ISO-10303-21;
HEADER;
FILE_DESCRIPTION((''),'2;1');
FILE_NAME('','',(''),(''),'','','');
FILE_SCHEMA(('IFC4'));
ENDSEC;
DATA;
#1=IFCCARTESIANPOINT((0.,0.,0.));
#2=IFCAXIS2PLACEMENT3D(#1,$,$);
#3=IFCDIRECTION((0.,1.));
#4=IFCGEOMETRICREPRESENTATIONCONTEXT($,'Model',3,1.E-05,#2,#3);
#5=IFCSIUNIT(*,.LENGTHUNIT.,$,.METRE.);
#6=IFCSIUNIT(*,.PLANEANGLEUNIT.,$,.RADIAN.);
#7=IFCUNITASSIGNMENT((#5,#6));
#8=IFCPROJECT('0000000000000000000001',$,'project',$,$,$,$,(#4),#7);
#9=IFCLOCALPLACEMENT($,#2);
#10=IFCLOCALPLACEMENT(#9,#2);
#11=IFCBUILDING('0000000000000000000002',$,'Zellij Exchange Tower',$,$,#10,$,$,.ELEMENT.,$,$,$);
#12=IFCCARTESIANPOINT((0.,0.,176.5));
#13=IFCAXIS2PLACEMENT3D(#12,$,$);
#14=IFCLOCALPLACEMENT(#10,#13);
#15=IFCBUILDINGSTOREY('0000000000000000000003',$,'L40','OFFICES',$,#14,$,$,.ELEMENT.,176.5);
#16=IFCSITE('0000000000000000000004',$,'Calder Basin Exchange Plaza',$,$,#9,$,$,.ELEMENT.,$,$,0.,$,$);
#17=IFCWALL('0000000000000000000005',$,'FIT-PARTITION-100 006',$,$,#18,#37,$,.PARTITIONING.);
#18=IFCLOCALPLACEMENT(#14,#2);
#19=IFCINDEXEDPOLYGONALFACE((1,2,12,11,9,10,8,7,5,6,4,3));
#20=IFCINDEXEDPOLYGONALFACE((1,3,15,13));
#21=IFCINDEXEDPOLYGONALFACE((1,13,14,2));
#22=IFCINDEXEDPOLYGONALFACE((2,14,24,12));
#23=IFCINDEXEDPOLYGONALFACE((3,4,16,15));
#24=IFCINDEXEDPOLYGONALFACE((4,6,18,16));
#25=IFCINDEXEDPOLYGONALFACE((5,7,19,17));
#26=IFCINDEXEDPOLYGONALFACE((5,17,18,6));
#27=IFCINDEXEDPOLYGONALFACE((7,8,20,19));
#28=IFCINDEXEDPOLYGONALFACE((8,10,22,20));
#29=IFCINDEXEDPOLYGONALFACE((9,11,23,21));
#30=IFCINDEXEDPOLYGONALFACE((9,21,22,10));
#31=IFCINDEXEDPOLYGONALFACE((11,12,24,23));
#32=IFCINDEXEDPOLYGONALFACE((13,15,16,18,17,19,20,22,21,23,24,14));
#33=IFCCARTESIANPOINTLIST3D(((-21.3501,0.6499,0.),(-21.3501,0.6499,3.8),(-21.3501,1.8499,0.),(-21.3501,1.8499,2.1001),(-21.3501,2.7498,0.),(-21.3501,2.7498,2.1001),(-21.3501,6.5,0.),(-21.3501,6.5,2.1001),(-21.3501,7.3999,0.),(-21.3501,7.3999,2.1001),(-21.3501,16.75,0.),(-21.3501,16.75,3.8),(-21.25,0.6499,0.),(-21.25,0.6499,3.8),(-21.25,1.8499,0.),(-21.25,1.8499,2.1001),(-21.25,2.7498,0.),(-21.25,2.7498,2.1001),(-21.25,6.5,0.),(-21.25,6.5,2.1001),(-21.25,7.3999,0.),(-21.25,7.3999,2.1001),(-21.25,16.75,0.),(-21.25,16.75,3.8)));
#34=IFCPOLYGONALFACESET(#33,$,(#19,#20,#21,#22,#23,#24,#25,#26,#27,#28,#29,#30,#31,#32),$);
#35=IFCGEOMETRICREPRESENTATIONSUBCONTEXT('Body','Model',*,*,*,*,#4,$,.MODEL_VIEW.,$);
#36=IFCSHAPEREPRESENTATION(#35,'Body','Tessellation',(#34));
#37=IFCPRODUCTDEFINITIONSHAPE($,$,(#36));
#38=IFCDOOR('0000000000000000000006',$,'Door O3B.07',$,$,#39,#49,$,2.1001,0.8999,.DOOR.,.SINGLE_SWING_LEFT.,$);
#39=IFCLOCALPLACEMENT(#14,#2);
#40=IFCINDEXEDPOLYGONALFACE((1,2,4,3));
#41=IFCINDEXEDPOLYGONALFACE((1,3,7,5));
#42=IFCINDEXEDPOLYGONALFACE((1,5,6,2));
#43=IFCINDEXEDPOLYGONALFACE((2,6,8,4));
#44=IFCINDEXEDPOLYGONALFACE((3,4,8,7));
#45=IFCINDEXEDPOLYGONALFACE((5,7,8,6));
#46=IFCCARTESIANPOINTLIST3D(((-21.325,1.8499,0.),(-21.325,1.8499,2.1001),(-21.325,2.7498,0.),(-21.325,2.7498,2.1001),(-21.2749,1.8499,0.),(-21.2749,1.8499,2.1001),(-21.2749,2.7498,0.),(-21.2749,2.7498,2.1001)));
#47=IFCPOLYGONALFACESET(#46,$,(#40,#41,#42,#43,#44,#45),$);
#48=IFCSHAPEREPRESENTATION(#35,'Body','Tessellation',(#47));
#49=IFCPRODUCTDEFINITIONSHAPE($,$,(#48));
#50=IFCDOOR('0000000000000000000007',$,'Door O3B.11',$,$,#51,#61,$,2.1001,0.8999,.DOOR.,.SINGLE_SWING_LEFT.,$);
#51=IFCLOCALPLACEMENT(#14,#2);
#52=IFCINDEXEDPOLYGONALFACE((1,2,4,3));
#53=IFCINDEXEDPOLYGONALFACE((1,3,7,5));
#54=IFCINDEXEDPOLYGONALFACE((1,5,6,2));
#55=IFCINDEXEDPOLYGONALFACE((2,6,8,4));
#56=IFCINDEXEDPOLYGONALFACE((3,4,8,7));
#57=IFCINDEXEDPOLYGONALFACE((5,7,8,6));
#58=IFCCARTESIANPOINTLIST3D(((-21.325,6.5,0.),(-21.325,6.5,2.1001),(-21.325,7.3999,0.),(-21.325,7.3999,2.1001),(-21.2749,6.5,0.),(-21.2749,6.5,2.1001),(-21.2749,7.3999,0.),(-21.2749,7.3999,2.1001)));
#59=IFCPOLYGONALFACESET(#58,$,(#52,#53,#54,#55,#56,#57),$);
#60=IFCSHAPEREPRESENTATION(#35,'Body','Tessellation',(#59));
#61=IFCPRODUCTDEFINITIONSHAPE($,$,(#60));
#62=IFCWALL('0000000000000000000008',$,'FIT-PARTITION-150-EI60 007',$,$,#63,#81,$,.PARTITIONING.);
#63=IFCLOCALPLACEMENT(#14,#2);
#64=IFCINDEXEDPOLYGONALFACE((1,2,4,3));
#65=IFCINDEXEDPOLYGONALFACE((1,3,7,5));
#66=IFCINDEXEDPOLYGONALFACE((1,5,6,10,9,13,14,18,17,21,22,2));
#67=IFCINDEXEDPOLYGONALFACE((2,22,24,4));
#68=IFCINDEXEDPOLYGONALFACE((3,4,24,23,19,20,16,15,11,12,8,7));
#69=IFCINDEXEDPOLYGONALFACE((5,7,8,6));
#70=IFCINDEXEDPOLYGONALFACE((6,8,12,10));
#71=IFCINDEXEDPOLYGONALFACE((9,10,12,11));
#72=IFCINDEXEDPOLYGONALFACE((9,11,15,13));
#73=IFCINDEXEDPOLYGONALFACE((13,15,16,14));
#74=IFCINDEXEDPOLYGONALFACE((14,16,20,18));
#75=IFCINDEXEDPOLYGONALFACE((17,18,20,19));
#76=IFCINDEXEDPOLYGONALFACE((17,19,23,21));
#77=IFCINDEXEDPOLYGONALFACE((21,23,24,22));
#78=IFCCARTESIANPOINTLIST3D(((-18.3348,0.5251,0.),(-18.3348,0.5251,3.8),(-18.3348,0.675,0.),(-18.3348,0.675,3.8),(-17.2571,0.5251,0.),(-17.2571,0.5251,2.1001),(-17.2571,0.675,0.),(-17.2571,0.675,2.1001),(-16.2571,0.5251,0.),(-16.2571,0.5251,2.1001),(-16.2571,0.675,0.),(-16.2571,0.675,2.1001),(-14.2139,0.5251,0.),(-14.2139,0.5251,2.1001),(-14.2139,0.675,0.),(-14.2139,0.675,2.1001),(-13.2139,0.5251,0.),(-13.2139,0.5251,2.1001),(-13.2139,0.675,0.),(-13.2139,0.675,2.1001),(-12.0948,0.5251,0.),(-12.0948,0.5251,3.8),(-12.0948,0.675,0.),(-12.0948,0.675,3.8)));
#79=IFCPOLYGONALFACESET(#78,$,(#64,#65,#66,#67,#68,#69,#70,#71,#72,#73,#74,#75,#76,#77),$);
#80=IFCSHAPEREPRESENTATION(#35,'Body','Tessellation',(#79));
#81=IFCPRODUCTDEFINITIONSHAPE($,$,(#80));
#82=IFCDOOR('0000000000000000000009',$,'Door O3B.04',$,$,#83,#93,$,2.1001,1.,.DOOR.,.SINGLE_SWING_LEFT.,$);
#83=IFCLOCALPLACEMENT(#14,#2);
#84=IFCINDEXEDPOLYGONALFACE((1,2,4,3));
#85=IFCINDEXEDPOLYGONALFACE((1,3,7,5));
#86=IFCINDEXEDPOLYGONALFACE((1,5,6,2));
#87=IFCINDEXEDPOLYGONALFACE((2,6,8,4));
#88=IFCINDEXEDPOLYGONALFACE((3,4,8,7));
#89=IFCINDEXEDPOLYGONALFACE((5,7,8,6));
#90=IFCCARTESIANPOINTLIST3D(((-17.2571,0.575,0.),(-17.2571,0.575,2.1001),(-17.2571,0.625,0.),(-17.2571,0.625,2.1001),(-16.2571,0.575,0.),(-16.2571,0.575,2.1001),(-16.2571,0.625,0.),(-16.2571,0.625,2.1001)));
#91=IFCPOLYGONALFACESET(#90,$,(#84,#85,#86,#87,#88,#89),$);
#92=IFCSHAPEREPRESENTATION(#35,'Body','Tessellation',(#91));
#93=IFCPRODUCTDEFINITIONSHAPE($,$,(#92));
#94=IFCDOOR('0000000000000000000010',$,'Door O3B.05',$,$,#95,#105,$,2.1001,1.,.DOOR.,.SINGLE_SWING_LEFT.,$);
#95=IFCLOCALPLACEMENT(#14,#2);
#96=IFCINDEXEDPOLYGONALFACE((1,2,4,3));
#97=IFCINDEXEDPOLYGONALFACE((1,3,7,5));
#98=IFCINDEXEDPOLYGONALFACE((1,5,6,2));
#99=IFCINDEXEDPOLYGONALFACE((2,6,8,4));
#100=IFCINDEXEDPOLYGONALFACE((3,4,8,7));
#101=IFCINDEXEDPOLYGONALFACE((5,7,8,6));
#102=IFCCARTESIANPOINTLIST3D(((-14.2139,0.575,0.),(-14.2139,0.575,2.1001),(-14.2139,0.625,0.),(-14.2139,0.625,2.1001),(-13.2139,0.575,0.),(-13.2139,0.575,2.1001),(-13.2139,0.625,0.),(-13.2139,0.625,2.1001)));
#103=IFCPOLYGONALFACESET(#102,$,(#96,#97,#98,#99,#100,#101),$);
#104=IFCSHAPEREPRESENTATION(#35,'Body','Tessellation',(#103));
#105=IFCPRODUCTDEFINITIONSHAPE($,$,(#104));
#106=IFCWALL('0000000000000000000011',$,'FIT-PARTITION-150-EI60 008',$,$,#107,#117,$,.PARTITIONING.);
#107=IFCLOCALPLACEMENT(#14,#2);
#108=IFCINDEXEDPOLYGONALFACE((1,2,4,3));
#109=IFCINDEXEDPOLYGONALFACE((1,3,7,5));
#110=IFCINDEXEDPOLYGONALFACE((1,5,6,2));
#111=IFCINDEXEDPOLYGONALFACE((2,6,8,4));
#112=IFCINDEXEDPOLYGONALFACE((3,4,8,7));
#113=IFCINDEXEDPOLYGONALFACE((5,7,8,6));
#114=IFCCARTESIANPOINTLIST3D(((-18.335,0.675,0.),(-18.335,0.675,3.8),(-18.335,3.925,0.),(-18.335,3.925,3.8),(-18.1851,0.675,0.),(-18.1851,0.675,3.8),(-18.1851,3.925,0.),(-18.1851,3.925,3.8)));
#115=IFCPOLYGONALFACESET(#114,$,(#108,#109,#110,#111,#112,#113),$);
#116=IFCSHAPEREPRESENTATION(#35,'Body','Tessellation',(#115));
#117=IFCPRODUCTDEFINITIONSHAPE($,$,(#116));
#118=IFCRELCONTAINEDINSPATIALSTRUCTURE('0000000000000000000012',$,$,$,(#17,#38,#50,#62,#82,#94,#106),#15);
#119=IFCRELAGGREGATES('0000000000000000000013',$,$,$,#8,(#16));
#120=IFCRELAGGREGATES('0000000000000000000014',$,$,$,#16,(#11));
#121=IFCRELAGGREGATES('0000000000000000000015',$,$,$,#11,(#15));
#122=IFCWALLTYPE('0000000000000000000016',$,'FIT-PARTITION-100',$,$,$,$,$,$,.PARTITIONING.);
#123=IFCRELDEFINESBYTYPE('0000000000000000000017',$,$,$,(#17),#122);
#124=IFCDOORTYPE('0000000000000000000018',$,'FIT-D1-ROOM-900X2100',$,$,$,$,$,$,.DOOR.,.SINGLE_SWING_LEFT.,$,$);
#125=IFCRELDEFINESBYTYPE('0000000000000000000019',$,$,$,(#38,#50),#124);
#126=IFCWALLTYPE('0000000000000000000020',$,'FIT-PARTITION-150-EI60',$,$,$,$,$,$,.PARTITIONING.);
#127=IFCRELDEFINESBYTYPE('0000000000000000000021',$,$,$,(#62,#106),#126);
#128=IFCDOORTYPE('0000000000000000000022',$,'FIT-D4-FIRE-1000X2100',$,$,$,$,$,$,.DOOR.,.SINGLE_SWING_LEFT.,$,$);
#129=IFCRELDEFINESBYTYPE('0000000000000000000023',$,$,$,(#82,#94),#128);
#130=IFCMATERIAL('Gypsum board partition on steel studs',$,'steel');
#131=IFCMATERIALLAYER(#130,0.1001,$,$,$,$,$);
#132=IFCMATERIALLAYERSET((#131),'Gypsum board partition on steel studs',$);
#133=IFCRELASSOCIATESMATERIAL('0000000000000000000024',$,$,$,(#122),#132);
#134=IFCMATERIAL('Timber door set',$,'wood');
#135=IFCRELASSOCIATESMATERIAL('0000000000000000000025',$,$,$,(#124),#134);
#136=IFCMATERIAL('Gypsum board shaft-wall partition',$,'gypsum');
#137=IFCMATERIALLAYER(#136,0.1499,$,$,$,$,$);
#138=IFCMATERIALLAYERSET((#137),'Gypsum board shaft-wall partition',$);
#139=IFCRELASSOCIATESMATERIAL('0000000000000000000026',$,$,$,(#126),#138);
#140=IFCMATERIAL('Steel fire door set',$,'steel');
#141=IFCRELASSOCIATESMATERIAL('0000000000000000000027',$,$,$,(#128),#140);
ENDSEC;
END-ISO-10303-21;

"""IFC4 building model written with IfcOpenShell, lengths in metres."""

from ifc_helpers import new_model, si_unit, direction, frame, frame_2d, origin, place, context, subcontext, project, spatial, rectangle, extrude, material, layer, layer_set, type_object, element, fill, save


model = new_model("IFC4")

# Units and contexts
model_context = context("Model", 3, precision=1e-05, world=origin(), true_north=direction((0.0, 1.0)))
body_context = subcontext(model_context, "Body", "Model", "MODEL_VIEW")
ifc_project = project(units=[si_unit("LENGTHUNIT", "METRE"), si_unit("PLANEANGLEUNIT", "RADIAN")], contexts=[model_context])

# Site, building, storey
site_placement = place(None, origin())
site = spatial("IfcSite", under=ifc_project, at=site_placement, Name="Calder Basin Exchange Plaza", CompositionType="ELEMENT", RefElevation=0.0)
building_placement = place(site_placement, origin())
building = spatial("IfcBuilding", under=site, at=building_placement, Name="Zellij Exchange Tower", CompositionType="ELEMENT")
storey_placement = place(building_placement, frame((0.0, 0.0, 176.5)))
storey = spatial("IfcBuildingStorey", under=building, at=storey_placement, Name="L40", Description="OFFICES", CompositionType="ELEMENT", Elevation=176.5)

# Shared definitions
ifc_material_1 = material(Name="Gypsum board partition on steel studs", Category="steel")
ifc_layer_1 = layer(ifc_material_1, 0.1001)
ifc_layer_set_1 = layer_set([ifc_layer_1], Name="Gypsum board partition on steel studs")
wall_type_1 = type_object("IfcWallType", Name="FIT-PARTITION-100", PredefinedType="PARTITIONING", material=ifc_layer_set_1)
ifc_material_2 = material(Name="Timber door set", Category="wood")

# Walls, openings, doors
wall_1_placement = place(storey_placement, frame((-21.3, 0.6499, 0.0), z_axis=(0.0, 0.0, 1.0), x_axis=(0.0, 1.0, 0.0)))
wall_1 = element("IfcWall", 1, at=wall_1_placement, inside=storey, type_object=wall_type_1, Name="FIT-PARTITION-100 006", PredefinedType="PARTITIONING", context=body_context, shape_type="SweptSolid", body=[
    extrude(rectangle(XDim=16.1001, YDim=0.1001, at=frame_2d((8.05, 0.0))), origin(), (0.0, 0.0, 1.0), 3.8),
])
opening_1_placement = place(wall_1_placement, frame((1.2, 0.0, 0.0)))
opening_1 = element("IfcOpeningElement", 2, at=opening_1_placement, cuts=wall_1, PredefinedType="OPENING", context=body_context, shape_type="SweptSolid", body=[
    extrude(rectangle(XDim=0.8999, YDim=2.1001, at=frame_2d((0.45, 1.05))), frame((0.0, 0.062, 0.0), z_axis=(0.0, -1.0, 0.0), x_axis=(1.0, 0.0, 0.0)), (0.0, 0.0, 1.0), 0.124),
])
opening_2_placement = place(wall_1_placement, frame((5.8501, 0.0, 0.0)))
opening_2 = element("IfcOpeningElement", 3, at=opening_2_placement, cuts=wall_1, PredefinedType="OPENING", context=body_context, shape_type="SweptSolid", body=[
    extrude(rectangle(XDim=0.8999, YDim=2.1001, at=frame_2d((0.45, 1.05))), frame((0.0, 0.062, 0.0), z_axis=(0.0, -1.0, 0.0), x_axis=(1.0, 0.0, 0.0)), (0.0, 0.0, 1.0), 0.124),
])
door_type_1 = type_object("IfcDoorType", Name="FIT-D1-ROOM-900X2100", OperationType="SINGLE_SWING_LEFT", PredefinedType="DOOR", material=ifc_material_2)
door_1_placement = place(opening_1_placement, origin())
door_1 = element("IfcDoor", 4, at=door_1_placement, inside=storey, type_object=door_type_1, Name="Door O3B.07", OperationType="SINGLE_SWING_LEFT", OverallHeight=2.1001, OverallWidth=0.8999, PredefinedType="DOOR", context=body_context, shape_type="SweptSolid", body=[
    extrude(rectangle(XDim=0.8999, YDim=2.1001, at=frame_2d((0.45, 1.05))), frame((0.0, 0.0249, 0.0), z_axis=(0.0, -1.0, 0.0), x_axis=(1.0, 0.0, 0.0)), (0.0, 0.0, 1.0), 0.05),
])
fill(opening_1, door_1)
door_2_placement = place(opening_2_placement, origin())
door_2 = element("IfcDoor", 5, at=door_2_placement, inside=storey, type_object=door_type_1, Name="Door O3B.11", OperationType="SINGLE_SWING_LEFT", OverallHeight=2.1001, OverallWidth=0.8999, PredefinedType="DOOR", context=body_context, shape_type="SweptSolid", body=[
    extrude(rectangle(XDim=0.8999, YDim=2.1001, at=frame_2d((0.45, 1.05))), frame((0.0, 0.0249, 0.0), z_axis=(0.0, -1.0, 0.0), x_axis=(1.0, 0.0, 0.0)), (0.0, 0.0, 1.0), 0.05),
])
fill(opening_2, door_2)
ifc_material_3 = material(Name="Gypsum board shaft-wall partition", Category="gypsum")
ifc_layer_2 = layer(ifc_material_3, 0.1499)
ifc_layer_set_2 = layer_set([ifc_layer_2], Name="Gypsum board shaft-wall partition")
wall_type_2 = type_object("IfcWallType", Name="FIT-PARTITION-150-EI60", PredefinedType="PARTITIONING", material=ifc_layer_set_2)
wall_2_placement = place(storey_placement, frame((-18.335, 0.6001, 0.0), z_axis=(0.0, 0.0, 1.0), x_axis=(1.0, 0.0, 0.0)))
wall_2 = element("IfcWall", 6, at=wall_2_placement, inside=storey, type_object=wall_type_2, Name="FIT-PARTITION-150-EI60 007", PredefinedType="PARTITIONING", context=body_context, shape_type="SweptSolid", body=[
    extrude(rectangle(XDim=6.24, YDim=0.1499, at=frame_2d((3.1201, 0.0))), origin(), (0.0, 0.0, 1.0), 3.8),
])
opening_3_placement = place(wall_2_placement, frame((1.0779, 0.0, 0.0)))
opening_3 = element("IfcOpeningElement", 7, at=opening_3_placement, cuts=wall_2, PredefinedType="OPENING", context=body_context, shape_type="SweptSolid", body=[
    extrude(rectangle(XDim=1.0, YDim=2.1001, at=frame_2d((0.5, 1.05))), frame((0.0, 0.0869, 0.0), z_axis=(0.0, -1.0, 0.0), x_axis=(1.0, 0.0, 0.0)), (0.0, 0.0, 1.0), 0.1738),
])
opening_4_placement = place(wall_2_placement, frame((4.1211, 0.0, 0.0)))
opening_4 = element("IfcOpeningElement", 8, at=opening_4_placement, cuts=wall_2, PredefinedType="OPENING", context=body_context, shape_type="SweptSolid", body=[
    extrude(rectangle(XDim=1.0, YDim=2.1001, at=frame_2d((0.5, 1.05))), frame((0.0, 0.0869, 0.0), z_axis=(0.0, -1.0, 0.0), x_axis=(1.0, 0.0, 0.0)), (0.0, 0.0, 1.0), 0.1738),
])
ifc_material_4 = material(Name="Steel fire door set", Category="steel")
door_type_2 = type_object("IfcDoorType", Name="FIT-D4-FIRE-1000X2100", OperationType="SINGLE_SWING_LEFT", PredefinedType="DOOR", material=ifc_material_4)
door_3_placement = place(opening_3_placement, origin())
door_3 = element("IfcDoor", 9, at=door_3_placement, inside=storey, type_object=door_type_2, Name="Door O3B.04", OperationType="SINGLE_SWING_LEFT", OverallHeight=2.1001, OverallWidth=1.0, PredefinedType="DOOR", context=body_context, shape_type="SweptSolid", body=[
    extrude(rectangle(XDim=1.0, YDim=2.1001, at=frame_2d((0.5, 1.05))), frame((0.0, 0.0249, 0.0), z_axis=(0.0, -1.0, 0.0), x_axis=(1.0, 0.0, 0.0)), (0.0, 0.0, 1.0), 0.05),
])
fill(opening_3, door_3)
door_4_placement = place(opening_4_placement, origin())
door_4 = element("IfcDoor", 10, at=door_4_placement, inside=storey, type_object=door_type_2, Name="Door O3B.05", OperationType="SINGLE_SWING_LEFT", OverallHeight=2.1001, OverallWidth=1.0, PredefinedType="DOOR", context=body_context, shape_type="SweptSolid", body=[
    extrude(rectangle(XDim=1.0, YDim=2.1001, at=frame_2d((0.5, 1.05))), frame((0.0, 0.0249, 0.0), z_axis=(0.0, -1.0, 0.0), x_axis=(1.0, 0.0, 0.0)), (0.0, 0.0, 1.0), 0.05),
])
fill(opening_4, door_4)

# Wall
wall_3_placement = place(storey_placement, frame((-18.26, 0.675, 0.0), z_axis=(0.0, 0.0, 1.0), x_axis=(0.0, 1.0, 0.0)))
element("IfcWall", 11, at=wall_3_placement, inside=storey, type_object=wall_type_2, Name="FIT-PARTITION-150-EI60 008", PredefinedType="PARTITIONING", context=body_context, shape_type="SweptSolid", body=[
    extrude(rectangle(XDim=3.25, YDim=0.1499, at=frame_2d((1.625, 0.0))), origin(), (0.0, 0.0, 1.0), 3.8),
])

save(model, "model.ifc")
